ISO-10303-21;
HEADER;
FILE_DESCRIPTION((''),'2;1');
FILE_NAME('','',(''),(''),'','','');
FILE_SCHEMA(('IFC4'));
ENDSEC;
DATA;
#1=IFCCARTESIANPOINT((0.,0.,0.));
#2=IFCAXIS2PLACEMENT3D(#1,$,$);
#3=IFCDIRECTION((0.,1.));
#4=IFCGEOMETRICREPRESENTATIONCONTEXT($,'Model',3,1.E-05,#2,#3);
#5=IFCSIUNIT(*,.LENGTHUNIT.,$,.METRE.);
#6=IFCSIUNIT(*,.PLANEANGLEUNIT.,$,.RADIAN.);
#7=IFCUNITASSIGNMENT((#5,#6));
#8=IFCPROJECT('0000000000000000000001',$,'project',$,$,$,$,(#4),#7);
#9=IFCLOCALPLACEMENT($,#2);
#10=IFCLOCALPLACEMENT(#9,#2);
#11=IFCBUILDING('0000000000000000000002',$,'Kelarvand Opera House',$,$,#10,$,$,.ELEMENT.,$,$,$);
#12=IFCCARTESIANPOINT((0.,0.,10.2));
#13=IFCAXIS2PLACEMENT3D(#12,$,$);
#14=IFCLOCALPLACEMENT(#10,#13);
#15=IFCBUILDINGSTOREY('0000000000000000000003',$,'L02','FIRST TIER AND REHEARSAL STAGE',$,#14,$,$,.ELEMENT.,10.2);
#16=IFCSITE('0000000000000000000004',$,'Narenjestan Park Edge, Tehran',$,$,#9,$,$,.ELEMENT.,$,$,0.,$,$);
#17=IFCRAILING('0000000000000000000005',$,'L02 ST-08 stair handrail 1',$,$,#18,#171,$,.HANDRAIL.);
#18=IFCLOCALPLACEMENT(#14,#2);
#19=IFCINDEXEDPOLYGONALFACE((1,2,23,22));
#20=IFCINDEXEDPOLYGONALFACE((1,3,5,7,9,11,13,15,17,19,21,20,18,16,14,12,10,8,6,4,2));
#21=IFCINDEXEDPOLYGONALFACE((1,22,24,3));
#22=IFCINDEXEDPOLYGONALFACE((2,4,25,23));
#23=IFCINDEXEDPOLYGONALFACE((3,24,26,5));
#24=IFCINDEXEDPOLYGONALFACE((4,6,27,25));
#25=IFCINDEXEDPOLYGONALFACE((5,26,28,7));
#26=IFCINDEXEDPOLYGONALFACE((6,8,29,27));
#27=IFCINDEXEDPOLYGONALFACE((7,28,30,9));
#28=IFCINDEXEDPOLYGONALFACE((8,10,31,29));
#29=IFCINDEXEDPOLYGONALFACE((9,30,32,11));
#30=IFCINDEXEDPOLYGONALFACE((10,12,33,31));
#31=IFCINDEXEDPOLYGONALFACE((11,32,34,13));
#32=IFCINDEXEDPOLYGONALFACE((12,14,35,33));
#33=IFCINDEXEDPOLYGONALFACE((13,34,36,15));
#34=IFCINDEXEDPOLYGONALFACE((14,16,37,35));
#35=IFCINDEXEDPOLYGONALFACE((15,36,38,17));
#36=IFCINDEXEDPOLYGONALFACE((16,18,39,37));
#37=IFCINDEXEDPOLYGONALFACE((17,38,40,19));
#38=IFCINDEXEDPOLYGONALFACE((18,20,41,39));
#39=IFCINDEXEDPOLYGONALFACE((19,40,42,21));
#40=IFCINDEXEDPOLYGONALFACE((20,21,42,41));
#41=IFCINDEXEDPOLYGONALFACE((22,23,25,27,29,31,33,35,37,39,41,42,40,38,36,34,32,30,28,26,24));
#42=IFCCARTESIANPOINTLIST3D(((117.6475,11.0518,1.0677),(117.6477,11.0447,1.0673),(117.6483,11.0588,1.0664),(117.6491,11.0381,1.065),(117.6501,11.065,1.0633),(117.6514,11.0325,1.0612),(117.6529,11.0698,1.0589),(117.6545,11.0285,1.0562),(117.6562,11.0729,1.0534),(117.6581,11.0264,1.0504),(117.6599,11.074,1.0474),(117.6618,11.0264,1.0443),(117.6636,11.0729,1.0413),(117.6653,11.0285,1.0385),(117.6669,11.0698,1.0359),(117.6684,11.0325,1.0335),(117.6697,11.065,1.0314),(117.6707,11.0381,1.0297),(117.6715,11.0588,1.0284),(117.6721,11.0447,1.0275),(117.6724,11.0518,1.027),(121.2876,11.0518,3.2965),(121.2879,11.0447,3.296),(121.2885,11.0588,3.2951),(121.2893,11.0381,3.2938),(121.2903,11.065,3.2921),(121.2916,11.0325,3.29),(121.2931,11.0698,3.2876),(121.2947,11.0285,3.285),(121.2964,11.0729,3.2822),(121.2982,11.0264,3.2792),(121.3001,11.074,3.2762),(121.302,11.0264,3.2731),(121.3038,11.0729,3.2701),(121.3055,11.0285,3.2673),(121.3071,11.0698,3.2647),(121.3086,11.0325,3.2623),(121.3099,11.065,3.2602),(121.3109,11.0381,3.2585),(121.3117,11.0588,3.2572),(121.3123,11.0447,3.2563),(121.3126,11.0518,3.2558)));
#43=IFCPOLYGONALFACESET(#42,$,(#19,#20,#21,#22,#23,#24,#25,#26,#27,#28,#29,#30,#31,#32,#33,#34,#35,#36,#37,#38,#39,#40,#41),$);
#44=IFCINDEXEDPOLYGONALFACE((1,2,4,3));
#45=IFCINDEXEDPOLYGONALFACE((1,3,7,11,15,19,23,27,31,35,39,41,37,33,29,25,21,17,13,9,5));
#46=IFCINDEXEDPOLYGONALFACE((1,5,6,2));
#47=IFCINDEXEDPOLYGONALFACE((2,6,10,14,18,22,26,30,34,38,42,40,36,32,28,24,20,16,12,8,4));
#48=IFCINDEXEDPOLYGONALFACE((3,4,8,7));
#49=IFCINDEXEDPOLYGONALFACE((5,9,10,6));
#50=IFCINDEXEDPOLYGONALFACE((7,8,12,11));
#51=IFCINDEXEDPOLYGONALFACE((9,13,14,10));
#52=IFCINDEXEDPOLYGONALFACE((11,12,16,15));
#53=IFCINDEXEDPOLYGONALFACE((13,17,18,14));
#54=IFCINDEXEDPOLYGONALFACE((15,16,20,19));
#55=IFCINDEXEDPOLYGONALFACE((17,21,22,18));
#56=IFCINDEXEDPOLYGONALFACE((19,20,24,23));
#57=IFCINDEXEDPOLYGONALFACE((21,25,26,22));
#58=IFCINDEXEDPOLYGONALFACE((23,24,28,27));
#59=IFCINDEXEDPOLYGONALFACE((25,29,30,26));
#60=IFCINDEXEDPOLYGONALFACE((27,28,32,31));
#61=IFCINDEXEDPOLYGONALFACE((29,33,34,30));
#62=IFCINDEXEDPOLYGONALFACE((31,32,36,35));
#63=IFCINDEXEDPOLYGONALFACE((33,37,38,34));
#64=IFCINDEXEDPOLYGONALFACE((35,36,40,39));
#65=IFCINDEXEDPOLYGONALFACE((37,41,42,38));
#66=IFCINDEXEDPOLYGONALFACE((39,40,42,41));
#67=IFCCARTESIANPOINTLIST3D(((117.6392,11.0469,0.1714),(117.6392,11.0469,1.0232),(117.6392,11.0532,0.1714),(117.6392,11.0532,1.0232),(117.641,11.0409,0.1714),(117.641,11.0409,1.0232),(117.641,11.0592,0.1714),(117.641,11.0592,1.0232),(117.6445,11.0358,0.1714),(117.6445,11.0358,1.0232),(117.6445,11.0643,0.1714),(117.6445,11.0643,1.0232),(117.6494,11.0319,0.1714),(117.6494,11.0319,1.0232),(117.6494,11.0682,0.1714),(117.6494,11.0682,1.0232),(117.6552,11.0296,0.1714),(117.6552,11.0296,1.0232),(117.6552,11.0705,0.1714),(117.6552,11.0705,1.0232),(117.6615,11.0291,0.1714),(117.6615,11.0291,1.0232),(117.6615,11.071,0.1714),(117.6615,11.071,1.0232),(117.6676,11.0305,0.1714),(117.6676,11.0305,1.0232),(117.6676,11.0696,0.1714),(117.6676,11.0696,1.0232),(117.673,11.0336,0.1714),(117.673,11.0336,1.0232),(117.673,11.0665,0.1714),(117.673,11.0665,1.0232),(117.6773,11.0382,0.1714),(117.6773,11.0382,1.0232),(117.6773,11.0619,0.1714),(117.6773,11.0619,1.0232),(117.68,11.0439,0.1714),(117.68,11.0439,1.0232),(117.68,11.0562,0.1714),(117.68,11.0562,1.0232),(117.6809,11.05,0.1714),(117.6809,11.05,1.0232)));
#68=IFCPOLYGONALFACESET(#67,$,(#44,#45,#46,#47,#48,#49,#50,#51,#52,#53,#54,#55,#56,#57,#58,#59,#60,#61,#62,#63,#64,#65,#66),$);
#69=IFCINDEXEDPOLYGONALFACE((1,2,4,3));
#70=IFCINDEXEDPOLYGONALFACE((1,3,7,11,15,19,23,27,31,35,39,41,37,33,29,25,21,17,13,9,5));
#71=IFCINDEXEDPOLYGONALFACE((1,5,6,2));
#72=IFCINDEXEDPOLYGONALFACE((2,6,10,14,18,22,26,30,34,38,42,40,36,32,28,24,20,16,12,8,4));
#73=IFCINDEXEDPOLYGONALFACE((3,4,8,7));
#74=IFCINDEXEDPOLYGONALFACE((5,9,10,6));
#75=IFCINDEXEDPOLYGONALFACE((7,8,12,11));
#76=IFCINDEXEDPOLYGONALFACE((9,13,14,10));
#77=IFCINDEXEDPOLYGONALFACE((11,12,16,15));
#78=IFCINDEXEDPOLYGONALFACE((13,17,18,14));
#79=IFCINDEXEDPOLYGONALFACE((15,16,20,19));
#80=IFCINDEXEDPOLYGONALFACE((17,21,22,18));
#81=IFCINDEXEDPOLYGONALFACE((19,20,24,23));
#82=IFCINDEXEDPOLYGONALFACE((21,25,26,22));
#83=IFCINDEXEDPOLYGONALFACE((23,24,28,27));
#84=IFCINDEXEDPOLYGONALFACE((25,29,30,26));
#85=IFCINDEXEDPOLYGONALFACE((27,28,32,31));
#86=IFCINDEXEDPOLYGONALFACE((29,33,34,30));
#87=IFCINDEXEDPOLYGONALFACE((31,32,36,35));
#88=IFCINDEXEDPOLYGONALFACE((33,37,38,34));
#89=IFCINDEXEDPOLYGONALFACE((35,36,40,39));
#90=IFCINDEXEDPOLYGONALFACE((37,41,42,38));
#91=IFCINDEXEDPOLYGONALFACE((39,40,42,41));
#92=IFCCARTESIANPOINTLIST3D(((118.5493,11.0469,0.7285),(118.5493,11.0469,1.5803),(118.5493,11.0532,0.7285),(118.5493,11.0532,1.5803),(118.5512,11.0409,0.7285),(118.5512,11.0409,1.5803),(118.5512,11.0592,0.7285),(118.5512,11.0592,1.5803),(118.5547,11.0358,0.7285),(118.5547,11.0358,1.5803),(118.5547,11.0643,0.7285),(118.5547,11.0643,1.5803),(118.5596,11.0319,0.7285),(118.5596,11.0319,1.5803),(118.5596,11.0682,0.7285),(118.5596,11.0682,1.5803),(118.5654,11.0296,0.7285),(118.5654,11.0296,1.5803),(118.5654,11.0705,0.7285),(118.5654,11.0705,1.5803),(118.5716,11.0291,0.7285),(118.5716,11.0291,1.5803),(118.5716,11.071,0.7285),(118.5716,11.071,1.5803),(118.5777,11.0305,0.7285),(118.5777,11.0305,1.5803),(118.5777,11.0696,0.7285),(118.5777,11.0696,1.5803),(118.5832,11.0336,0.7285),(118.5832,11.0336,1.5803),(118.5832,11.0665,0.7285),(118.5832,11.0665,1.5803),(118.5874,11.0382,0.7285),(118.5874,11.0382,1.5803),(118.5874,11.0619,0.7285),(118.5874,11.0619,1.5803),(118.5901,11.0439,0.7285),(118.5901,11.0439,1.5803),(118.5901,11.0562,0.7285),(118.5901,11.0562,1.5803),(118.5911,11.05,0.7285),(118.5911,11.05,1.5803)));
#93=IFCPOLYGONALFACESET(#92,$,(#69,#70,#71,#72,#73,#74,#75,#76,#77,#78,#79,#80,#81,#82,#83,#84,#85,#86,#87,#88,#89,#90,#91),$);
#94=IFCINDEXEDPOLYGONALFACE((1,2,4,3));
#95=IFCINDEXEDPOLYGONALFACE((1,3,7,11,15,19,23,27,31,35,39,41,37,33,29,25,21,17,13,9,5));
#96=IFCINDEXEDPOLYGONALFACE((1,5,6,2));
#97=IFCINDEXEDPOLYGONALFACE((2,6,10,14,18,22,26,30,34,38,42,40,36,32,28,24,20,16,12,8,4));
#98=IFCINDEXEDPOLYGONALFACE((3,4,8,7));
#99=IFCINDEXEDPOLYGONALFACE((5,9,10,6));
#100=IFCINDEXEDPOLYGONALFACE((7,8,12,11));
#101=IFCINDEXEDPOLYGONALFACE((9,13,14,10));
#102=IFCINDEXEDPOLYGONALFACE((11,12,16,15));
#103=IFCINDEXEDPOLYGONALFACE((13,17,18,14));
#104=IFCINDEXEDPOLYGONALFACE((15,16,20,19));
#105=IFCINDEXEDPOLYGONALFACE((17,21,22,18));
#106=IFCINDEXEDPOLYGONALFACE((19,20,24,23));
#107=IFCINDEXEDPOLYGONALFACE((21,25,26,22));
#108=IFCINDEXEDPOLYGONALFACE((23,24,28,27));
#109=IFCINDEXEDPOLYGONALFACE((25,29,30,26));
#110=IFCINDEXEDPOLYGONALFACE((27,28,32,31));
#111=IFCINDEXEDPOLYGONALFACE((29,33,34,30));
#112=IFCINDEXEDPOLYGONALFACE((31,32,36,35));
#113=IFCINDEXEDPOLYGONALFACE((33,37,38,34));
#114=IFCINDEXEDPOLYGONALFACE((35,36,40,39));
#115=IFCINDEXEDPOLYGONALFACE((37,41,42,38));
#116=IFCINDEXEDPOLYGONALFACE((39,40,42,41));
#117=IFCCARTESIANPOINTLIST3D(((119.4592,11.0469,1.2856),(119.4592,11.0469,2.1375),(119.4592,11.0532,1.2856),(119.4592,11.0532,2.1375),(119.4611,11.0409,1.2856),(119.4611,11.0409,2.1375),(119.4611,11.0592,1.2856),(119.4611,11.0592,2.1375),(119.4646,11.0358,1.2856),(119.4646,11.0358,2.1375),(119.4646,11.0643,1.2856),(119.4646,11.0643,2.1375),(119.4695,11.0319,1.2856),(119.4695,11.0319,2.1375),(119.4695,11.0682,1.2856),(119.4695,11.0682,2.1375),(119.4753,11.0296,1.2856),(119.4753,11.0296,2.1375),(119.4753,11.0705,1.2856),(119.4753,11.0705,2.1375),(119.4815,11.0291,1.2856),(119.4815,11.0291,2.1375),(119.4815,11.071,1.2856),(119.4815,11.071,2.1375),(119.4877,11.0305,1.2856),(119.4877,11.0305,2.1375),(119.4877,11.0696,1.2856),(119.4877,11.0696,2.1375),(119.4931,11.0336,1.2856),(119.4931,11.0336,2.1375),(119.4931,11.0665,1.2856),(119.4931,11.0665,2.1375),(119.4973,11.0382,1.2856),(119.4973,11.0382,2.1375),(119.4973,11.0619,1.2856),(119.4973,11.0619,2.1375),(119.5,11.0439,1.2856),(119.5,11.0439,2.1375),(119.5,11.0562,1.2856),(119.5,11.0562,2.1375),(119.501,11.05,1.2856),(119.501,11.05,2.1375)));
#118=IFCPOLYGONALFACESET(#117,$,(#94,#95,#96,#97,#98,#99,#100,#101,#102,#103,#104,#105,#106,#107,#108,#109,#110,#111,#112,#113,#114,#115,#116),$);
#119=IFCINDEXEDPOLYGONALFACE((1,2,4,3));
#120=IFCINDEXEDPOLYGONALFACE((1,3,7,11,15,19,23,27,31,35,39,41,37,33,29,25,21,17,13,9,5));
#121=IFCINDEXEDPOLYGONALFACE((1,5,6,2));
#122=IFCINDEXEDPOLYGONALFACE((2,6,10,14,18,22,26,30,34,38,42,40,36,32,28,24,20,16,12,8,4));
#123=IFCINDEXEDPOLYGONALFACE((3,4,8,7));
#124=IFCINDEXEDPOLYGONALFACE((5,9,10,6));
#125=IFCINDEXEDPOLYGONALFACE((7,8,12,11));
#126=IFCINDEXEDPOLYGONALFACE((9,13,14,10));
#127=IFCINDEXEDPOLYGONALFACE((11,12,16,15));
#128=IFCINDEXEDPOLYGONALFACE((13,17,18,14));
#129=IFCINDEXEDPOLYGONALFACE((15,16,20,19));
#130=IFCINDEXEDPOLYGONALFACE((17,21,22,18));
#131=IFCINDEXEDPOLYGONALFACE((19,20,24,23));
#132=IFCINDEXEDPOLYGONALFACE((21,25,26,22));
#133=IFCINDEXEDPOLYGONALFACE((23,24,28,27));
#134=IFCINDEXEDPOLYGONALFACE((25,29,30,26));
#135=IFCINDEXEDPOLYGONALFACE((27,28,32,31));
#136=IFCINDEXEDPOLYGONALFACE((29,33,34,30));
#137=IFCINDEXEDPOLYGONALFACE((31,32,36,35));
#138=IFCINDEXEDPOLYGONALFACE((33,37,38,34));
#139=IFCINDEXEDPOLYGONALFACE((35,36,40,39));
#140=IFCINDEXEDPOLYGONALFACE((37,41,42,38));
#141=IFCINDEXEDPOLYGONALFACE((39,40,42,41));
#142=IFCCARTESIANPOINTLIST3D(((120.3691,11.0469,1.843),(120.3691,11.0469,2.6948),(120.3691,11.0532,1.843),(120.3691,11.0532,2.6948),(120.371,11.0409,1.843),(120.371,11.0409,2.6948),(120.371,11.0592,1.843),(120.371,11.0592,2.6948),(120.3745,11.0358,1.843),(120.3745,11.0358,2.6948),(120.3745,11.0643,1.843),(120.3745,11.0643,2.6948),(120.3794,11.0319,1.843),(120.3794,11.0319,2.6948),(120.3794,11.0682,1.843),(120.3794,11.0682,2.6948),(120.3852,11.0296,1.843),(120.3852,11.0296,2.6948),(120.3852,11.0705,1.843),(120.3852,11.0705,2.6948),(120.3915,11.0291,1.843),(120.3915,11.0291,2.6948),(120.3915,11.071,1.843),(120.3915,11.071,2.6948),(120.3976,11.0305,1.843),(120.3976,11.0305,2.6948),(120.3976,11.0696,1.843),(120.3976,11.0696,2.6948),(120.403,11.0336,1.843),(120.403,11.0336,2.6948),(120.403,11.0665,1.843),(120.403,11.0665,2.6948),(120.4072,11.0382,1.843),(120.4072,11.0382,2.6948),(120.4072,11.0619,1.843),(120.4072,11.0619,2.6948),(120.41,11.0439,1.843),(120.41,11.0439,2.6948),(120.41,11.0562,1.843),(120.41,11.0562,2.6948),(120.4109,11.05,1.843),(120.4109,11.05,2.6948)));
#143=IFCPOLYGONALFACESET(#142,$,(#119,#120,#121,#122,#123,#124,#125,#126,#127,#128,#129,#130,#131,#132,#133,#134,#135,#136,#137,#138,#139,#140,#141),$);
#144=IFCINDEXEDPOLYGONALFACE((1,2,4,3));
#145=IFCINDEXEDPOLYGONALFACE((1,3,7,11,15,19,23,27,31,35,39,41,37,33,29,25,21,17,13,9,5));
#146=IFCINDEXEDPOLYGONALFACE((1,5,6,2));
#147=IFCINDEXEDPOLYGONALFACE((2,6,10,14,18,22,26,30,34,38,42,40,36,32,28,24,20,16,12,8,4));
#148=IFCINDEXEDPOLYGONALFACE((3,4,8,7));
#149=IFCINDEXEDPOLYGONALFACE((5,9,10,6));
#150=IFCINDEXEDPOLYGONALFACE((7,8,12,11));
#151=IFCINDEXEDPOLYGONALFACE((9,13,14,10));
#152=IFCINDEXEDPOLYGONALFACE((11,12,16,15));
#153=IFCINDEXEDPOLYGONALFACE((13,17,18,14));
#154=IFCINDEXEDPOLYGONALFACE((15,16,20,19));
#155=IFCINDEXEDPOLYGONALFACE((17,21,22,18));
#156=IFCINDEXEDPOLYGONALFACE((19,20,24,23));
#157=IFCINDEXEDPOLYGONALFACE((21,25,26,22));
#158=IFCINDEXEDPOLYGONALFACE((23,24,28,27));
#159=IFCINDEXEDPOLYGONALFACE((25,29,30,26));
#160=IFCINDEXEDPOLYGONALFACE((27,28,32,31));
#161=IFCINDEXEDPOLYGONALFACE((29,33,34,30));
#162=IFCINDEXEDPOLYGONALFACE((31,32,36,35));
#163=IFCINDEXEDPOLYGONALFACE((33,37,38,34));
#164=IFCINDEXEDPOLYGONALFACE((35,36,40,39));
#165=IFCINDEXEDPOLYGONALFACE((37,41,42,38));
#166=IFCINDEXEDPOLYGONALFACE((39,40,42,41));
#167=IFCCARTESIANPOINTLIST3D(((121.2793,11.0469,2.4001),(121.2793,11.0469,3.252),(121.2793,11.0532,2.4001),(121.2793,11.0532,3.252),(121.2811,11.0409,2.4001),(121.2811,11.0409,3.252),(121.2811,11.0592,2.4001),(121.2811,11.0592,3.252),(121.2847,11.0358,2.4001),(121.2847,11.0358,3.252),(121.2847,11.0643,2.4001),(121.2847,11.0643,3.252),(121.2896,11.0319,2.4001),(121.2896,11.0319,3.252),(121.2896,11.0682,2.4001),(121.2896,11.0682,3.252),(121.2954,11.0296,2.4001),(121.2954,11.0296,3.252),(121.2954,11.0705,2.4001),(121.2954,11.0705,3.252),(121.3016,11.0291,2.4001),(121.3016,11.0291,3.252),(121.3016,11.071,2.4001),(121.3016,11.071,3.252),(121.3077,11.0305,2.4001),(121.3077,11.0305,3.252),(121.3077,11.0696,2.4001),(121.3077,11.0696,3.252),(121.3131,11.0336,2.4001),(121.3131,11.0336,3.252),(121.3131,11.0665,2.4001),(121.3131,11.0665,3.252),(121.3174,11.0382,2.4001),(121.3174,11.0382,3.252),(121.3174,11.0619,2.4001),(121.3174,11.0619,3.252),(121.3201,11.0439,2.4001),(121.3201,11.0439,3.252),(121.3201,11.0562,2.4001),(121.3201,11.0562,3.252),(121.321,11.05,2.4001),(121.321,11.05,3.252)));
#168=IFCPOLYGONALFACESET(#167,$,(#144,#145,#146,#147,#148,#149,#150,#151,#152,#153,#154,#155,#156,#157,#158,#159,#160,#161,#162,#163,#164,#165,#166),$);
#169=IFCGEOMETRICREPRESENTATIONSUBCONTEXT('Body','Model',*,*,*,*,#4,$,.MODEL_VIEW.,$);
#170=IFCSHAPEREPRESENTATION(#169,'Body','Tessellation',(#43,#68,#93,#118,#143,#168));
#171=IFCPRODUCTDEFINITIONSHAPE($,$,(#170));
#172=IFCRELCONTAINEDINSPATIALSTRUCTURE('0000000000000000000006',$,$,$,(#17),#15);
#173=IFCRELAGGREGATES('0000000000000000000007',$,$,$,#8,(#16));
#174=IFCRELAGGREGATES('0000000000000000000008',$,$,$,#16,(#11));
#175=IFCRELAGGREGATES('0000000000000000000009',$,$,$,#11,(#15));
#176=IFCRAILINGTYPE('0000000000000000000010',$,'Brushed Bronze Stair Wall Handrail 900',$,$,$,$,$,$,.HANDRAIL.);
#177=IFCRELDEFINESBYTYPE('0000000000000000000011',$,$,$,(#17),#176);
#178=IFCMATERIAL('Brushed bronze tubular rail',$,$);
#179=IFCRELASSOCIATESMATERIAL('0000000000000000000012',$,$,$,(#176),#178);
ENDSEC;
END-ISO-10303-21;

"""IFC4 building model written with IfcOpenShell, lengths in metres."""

from ifc_helpers import new_model, si_unit, direction, frame, origin, origin_2d, place, context, subcontext, project, spatial, circle, extrude, material, type_object, element, save


model = new_model("IFC4")

# Units and contexts
model_context = context("Model", 3, precision=1e-05, world=origin(), true_north=direction((0.0, 1.0)))
body_context = subcontext(model_context, "Body", "Model", "MODEL_VIEW")
ifc_project = project(units=[si_unit("LENGTHUNIT", "METRE"), si_unit("PLANEANGLEUNIT", "RADIAN")], contexts=[model_context])

# Site, building, storey
site_placement = place(None, origin())
site = spatial("IfcSite", under=ifc_project, at=site_placement, Name="Narenjestan Park Edge, Tehran", CompositionType="ELEMENT", RefElevation=0.0)
building_placement = place(site_placement, origin())
building = spatial("IfcBuilding", under=site, at=building_placement, Name="Kelarvand Opera House", CompositionType="ELEMENT")
storey_placement = place(building_placement, frame((0.0, 0.0, 10.2)))
storey = spatial("IfcBuildingStorey", under=building, at=storey_placement, Name="L02", Description="FIRST TIER AND REHEARSAL STAGE", CompositionType="ELEMENT", Elevation=10.2)

# Railing
ifc_material_1 = material(Name="Brushed bronze tubular rail")
railing_type_1 = type_object("IfcRailingType", Name="Brushed Bronze Stair Wall Handrail 900", PredefinedType="HANDRAIL", material=ifc_material_1)
railing_1_placement = place(storey_placement, frame((117.6599, 11.05, 0.1714)))
element("IfcRailing", 1, at=railing_1_placement, inside=storey, type_object=railing_type_1, Name="L02 ST-08 stair handrail 1", PredefinedType="HANDRAIL", context=body_context, shape_type="SweptSolid", body=[
    extrude(circle(Radius=0.0239, at=origin_2d()), frame((0.0, 0.0, 0.876), z_axis=(0.85284, 0.0, 0.522172), x_axis=(0.0, 1.0, 0.0)), (0.0, 0.0, 1.0), 4.2683),
    extrude(circle(Radius=0.021, at=origin_2d()), origin(), (0.0, 0.0, 1.0), 0.8518),
    extrude(circle(Radius=0.021, at=origin_2d()), frame((0.9102, 0.0, 0.5571)), (0.0, 0.0, 1.0), 0.8518),
    extrude(circle(Radius=0.021, at=origin_2d()), frame((1.8201, 0.0, 1.1143)), (0.0, 0.0, 1.0), 0.8518),
    extrude(circle(Radius=0.021, at=origin_2d()), frame((2.73, 0.0, 1.6716)), (0.0, 0.0, 1.0), 0.8518),
    extrude(circle(Radius=0.021, at=origin_2d()), frame((3.6401, 0.0, 2.2288)), (0.0, 0.0, 1.0), 0.8518),
])

save(model, "model.ifc")
